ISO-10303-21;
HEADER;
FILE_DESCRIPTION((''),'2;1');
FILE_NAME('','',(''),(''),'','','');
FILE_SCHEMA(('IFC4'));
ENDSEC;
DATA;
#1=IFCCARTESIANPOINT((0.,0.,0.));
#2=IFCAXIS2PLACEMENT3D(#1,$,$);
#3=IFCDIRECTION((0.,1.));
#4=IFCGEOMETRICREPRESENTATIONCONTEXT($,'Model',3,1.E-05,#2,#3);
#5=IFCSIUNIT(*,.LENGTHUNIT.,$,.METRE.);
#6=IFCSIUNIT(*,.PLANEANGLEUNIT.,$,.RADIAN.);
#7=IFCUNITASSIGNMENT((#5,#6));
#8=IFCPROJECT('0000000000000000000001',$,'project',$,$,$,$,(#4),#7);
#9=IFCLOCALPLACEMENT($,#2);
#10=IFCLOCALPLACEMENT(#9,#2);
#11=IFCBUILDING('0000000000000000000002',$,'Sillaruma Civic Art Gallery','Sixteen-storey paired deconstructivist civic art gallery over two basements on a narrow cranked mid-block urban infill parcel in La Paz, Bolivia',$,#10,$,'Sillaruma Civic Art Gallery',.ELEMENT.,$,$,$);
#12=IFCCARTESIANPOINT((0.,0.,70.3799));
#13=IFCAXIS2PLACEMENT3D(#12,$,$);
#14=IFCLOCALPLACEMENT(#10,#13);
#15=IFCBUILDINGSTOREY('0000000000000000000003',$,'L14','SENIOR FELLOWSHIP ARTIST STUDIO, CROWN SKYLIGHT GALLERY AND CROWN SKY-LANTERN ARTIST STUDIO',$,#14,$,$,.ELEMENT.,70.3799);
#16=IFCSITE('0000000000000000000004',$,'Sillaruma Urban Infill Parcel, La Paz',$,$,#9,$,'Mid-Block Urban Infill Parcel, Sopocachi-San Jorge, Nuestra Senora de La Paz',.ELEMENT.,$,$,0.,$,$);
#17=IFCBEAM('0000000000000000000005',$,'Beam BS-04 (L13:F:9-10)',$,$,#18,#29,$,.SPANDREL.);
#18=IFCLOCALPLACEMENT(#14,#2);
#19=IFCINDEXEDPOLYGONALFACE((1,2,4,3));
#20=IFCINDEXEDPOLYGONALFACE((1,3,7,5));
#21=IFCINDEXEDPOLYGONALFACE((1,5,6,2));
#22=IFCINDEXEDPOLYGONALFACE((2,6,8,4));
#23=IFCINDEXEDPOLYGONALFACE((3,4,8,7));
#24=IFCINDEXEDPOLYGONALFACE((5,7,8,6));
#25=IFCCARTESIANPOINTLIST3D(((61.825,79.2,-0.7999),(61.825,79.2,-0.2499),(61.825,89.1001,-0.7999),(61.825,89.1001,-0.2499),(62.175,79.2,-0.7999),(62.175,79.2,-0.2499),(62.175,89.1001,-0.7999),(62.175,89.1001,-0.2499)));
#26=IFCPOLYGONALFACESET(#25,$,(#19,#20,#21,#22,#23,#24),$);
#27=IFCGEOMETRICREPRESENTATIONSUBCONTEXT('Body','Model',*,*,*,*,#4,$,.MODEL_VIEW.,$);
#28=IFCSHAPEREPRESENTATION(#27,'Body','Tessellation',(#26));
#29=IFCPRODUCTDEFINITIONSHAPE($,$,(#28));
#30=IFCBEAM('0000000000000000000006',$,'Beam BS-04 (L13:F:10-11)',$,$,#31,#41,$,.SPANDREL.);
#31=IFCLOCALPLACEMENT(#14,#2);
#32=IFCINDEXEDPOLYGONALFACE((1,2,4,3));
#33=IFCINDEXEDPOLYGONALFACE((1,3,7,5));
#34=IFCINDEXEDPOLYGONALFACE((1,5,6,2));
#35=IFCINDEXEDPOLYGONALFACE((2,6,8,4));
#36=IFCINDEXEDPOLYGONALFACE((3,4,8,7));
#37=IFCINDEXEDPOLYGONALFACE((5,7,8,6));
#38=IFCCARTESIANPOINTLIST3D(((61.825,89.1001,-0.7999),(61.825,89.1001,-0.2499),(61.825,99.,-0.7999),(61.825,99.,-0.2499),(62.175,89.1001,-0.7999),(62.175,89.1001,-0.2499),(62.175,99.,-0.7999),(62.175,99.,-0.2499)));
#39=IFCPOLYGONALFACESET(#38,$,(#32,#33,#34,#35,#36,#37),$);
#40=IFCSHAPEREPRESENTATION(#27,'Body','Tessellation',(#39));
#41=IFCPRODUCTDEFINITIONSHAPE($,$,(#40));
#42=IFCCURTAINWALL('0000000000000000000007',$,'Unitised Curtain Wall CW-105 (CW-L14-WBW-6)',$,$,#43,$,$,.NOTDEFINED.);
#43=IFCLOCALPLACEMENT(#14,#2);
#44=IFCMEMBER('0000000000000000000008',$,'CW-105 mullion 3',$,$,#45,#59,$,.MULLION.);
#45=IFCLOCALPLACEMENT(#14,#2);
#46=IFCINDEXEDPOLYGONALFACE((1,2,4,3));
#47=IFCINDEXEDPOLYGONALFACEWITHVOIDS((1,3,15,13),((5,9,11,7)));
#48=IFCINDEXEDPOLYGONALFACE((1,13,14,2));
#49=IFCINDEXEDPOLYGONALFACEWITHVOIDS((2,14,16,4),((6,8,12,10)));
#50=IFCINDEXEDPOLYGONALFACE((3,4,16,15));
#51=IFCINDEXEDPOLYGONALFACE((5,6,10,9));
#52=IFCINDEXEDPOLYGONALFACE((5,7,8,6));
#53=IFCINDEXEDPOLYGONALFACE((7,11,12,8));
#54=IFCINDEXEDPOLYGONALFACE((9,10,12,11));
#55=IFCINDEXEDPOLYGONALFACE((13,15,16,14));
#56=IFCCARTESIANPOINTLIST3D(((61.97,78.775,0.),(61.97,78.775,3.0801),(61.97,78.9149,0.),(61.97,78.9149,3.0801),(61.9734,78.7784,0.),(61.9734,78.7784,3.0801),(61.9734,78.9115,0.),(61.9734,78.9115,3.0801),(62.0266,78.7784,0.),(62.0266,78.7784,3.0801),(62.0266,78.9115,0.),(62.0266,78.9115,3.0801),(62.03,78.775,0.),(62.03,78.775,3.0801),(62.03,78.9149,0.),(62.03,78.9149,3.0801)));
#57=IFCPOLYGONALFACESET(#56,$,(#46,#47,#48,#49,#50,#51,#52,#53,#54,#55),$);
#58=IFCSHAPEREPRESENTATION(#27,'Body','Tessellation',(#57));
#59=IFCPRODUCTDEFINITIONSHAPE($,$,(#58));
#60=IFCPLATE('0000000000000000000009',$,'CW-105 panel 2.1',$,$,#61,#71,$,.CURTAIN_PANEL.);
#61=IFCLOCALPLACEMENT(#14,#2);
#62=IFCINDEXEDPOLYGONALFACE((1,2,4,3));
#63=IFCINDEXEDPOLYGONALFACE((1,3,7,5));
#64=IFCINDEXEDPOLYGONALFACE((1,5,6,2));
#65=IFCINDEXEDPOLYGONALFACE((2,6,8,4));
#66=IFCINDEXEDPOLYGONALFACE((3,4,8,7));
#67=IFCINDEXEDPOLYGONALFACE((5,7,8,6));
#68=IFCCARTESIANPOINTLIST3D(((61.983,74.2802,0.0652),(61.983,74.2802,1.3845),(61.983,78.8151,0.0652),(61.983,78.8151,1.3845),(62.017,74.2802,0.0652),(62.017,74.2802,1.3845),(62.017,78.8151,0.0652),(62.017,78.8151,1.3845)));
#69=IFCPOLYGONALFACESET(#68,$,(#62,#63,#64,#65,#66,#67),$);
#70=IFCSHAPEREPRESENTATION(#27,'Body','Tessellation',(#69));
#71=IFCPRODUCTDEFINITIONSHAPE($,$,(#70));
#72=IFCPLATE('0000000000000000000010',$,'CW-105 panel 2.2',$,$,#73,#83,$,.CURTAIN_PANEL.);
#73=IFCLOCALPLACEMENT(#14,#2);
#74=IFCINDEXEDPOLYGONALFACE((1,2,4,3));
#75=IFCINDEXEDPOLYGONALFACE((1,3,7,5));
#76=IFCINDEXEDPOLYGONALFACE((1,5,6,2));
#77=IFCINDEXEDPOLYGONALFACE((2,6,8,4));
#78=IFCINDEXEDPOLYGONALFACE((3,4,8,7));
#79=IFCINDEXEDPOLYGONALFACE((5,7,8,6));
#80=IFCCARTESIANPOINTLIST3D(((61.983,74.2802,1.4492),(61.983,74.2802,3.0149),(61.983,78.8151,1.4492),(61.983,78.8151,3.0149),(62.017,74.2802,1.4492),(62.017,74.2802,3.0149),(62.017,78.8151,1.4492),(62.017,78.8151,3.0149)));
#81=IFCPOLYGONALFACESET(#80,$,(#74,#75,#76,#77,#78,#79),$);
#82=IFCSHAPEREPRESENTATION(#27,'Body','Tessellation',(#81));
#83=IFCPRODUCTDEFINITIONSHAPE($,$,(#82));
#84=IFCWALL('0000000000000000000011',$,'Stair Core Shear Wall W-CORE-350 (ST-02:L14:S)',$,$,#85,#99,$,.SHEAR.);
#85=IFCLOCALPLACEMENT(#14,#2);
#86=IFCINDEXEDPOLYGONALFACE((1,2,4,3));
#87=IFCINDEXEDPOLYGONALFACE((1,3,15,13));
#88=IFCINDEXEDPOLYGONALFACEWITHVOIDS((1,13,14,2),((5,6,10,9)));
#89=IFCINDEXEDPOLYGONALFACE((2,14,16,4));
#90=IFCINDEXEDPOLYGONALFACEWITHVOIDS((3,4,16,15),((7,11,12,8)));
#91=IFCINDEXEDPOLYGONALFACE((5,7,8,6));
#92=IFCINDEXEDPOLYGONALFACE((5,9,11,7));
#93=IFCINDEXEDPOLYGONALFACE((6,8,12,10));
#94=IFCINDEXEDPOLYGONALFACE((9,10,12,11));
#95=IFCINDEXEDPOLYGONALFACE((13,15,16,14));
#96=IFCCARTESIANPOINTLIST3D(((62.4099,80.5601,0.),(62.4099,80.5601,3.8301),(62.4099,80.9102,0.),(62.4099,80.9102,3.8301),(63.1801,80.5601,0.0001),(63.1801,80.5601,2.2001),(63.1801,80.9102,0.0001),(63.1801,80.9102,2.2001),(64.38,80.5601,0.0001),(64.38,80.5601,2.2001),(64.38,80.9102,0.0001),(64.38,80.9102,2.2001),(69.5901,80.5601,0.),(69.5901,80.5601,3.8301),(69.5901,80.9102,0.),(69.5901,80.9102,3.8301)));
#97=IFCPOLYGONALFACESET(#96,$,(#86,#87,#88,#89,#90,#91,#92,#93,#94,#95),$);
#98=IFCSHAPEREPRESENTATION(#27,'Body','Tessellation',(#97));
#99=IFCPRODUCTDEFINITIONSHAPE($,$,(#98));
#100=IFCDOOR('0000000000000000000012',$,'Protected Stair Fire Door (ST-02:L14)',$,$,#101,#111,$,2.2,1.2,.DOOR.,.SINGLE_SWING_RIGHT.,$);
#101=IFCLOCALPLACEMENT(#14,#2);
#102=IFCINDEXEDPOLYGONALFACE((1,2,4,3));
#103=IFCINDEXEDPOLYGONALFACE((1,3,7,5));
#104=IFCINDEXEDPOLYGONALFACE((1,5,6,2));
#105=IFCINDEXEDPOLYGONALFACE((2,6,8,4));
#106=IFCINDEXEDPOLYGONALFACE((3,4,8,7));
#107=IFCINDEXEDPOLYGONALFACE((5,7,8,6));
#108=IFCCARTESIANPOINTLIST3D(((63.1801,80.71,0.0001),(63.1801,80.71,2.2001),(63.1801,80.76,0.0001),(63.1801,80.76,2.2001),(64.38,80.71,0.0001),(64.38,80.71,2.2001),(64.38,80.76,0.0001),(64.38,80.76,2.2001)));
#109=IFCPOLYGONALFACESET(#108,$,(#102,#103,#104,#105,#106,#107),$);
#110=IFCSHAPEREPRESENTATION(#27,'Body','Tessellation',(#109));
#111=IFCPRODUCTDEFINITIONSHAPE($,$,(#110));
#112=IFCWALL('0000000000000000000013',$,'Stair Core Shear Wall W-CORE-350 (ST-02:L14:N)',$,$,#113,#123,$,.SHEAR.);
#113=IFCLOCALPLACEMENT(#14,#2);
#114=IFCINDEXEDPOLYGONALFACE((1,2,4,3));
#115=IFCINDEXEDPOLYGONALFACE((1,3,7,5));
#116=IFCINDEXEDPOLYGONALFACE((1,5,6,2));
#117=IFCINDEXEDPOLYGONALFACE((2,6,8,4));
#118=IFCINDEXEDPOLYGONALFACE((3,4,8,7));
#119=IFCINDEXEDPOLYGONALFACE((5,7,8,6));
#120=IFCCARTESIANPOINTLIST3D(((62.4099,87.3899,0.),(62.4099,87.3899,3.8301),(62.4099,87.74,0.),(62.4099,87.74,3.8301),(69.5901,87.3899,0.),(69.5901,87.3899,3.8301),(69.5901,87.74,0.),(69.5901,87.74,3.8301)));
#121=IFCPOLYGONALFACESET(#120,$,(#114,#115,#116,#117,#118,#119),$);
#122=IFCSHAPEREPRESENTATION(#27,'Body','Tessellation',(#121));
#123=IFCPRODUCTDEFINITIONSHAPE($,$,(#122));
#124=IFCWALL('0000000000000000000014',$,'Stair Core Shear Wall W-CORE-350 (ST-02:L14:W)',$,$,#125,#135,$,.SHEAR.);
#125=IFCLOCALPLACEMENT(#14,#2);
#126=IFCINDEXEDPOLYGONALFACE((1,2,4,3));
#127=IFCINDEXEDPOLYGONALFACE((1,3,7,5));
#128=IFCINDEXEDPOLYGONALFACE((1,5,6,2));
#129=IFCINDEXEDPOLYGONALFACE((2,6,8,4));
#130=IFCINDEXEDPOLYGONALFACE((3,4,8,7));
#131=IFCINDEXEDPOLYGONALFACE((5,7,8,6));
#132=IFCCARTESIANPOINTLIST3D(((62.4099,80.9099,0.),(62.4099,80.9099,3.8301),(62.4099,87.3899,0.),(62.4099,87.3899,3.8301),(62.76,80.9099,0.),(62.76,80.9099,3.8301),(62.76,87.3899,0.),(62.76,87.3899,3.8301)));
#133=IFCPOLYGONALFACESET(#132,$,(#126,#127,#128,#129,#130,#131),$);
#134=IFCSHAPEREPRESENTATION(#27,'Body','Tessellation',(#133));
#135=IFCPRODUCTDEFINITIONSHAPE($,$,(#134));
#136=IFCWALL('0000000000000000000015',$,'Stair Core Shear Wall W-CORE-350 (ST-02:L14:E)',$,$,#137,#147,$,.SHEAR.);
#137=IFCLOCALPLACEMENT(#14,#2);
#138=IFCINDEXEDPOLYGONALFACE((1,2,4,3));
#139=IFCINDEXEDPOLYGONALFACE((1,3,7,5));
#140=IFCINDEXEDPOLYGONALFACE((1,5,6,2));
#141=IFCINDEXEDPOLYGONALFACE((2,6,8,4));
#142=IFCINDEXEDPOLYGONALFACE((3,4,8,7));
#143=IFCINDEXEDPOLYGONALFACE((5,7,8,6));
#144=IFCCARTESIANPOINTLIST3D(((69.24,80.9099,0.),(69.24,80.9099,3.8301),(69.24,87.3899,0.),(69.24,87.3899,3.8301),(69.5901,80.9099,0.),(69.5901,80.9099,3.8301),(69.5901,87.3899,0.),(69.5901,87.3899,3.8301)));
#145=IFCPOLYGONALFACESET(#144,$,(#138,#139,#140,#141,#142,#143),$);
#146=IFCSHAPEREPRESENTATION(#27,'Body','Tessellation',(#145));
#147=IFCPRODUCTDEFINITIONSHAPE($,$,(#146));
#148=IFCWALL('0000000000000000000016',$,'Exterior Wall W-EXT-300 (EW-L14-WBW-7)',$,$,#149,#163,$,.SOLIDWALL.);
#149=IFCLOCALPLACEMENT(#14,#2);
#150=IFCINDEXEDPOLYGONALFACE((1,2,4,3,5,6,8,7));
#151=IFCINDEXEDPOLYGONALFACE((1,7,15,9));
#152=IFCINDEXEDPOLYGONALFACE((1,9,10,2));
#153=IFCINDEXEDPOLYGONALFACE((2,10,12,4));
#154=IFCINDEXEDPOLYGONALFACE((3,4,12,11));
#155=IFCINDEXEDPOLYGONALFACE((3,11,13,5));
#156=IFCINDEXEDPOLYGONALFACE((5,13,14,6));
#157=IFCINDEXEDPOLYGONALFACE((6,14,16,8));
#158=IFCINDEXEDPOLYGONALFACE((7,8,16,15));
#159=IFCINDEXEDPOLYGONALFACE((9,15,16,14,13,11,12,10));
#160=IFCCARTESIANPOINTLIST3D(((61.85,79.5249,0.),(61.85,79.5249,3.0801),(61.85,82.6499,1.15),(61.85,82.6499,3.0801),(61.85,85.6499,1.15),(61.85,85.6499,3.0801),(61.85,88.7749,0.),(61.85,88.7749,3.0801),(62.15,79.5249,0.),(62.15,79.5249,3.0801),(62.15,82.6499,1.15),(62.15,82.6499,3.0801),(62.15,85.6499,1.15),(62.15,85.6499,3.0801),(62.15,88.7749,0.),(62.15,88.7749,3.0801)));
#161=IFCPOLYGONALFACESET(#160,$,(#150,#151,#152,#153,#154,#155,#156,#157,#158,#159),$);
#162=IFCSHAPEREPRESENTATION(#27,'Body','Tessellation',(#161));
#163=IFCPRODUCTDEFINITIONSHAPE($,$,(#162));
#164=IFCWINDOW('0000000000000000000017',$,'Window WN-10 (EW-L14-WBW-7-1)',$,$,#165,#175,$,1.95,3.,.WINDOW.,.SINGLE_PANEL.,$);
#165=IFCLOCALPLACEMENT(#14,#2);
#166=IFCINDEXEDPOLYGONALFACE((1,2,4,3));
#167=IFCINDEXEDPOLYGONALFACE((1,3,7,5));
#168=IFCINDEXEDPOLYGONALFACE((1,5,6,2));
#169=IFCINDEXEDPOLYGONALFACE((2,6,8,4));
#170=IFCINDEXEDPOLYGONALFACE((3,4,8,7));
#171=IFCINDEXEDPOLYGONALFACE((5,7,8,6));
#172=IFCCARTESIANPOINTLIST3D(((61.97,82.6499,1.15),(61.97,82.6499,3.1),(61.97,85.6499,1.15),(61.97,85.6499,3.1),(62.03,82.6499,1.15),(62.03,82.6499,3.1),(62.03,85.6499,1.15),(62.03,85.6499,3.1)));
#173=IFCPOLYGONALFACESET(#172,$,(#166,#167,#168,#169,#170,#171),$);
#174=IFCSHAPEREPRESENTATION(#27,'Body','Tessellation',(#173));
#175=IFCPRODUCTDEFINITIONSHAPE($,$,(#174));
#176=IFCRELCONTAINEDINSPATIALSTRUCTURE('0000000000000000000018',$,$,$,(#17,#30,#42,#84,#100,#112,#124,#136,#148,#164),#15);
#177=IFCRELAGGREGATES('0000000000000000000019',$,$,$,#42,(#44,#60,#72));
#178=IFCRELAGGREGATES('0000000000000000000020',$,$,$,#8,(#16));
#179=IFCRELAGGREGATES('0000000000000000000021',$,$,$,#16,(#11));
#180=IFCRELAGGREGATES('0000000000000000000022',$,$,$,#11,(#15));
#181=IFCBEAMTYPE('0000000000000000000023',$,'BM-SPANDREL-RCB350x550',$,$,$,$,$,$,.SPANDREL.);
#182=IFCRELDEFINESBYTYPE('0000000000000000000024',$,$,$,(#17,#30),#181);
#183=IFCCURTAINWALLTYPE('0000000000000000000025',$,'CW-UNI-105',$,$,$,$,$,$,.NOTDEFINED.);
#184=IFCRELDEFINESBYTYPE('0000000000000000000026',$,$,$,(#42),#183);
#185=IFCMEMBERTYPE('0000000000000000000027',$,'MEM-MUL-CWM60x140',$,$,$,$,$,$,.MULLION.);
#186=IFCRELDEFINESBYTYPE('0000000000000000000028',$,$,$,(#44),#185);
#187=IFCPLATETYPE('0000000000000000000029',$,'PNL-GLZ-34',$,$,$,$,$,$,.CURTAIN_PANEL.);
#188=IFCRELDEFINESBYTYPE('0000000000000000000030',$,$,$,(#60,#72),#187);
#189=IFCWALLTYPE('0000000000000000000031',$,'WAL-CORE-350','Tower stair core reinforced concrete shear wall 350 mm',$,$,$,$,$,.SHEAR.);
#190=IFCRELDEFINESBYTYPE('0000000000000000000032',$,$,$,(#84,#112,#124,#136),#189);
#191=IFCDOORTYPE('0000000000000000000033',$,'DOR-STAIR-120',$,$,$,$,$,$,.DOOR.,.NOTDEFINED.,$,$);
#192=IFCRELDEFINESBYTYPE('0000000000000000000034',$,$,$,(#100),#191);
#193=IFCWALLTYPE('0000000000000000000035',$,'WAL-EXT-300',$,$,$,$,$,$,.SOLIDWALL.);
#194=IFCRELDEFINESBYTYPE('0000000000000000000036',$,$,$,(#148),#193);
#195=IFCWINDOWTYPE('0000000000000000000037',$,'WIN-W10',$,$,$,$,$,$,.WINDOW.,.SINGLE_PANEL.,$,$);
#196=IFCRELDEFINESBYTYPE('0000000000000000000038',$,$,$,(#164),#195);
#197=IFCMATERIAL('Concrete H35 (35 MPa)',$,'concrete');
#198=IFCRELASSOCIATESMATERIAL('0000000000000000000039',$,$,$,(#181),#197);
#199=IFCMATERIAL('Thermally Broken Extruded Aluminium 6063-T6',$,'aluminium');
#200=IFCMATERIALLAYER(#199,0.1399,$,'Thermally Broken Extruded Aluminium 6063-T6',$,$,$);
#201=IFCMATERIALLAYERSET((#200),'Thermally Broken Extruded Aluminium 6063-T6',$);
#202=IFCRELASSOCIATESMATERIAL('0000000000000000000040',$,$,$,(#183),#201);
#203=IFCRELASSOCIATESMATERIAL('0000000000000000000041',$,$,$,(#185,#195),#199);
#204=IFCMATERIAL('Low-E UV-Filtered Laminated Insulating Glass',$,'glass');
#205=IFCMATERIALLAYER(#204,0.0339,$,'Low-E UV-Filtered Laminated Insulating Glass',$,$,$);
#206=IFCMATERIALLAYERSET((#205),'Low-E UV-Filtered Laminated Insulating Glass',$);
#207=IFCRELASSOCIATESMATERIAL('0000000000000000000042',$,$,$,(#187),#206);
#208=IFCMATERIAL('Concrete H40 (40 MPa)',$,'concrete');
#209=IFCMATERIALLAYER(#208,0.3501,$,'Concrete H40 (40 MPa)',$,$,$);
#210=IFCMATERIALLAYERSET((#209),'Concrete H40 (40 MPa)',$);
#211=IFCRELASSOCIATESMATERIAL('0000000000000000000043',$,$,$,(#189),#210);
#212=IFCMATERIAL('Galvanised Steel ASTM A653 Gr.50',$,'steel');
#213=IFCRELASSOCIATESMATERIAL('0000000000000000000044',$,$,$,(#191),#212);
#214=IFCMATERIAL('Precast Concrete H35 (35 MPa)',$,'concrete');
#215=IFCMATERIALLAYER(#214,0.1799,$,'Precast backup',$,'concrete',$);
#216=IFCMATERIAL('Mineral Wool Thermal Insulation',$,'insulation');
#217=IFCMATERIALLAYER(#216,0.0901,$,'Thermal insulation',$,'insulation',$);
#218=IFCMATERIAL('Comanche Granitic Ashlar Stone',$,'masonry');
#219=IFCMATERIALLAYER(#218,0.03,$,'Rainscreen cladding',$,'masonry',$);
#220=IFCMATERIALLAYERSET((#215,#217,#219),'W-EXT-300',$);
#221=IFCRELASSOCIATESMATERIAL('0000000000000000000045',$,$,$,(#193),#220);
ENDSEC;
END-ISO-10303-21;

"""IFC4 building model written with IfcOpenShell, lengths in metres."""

from ifc_helpers import new_model, si_unit, direction, frame, frame_2d, origin, origin_2d, place, context, subcontext, project, spatial, rectangle, hollow_rectangle, extrude, material, layer, layer_set, material_profile, profile_set, type_object, element, fill, aggregate, save


model = new_model("IFC4")

# Units and contexts
model_context = context("Model", 3, precision=1e-05, world=origin(), true_north=direction((0.0, 1.0)))
body_context = subcontext(model_context, "Body", "Model", "MODEL_VIEW")
ifc_project = project(units=[si_unit("LENGTHUNIT", "METRE"), si_unit("PLANEANGLEUNIT", "RADIAN")], contexts=[model_context])

# Site, building, storey
site_placement = place(None, origin())
site = spatial("IfcSite", under=ifc_project, at=site_placement, Name="Sillaruma Urban Infill Parcel, La Paz", LongName="Mid-Block Urban Infill Parcel, Sopocachi-San Jorge, Nuestra Senora de La Paz", CompositionType="ELEMENT", RefElevation=0.0)
building_placement = place(site_placement, origin())
building = spatial("IfcBuilding", under=site, at=building_placement, Name="Sillaruma Civic Art Gallery", Description="Sixteen-storey paired deconstructivist civic art gallery over two basements on a narrow cranked mid-block urban infill parcel in La Paz, Bolivia", LongName="Sillaruma Civic Art Gallery", CompositionType="ELEMENT")
storey_placement = place(building_placement, frame((0.0, 0.0, 70.3799)))
storey = spatial("IfcBuildingStorey", under=building, at=storey_placement, Name="L14", Description="SENIOR FELLOWSHIP ARTIST STUDIO, CROWN SKYLIGHT GALLERY AND CROWN SKY-LANTERN ARTIST STUDIO", CompositionType="ELEMENT", Elevation=70.3799)

# Shared definitions
ifc_material_1 = material(Name="Concrete H40 (40 MPa)", Category="concrete")

# Beams
ifc_material_2 = material(Name="Concrete H35 (35 MPa)", Category="concrete")
ifc_material_profile_1 = material_profile(ifc_material_2, rectangle(XDim=0.3501, YDim=0.55, at=origin_2d()), Name="RCB350x550")
ifc_profile_set_1 = profile_set([ifc_material_profile_1], Name="Concrete H35 (35 MPa)")
beam_type_1 = type_object("IfcBeamType", Name="BM-SPANDREL-RCB350x550", PredefinedType="SPANDREL", material=ifc_profile_set_1)
beam_1_placement = place(storey_placement, frame((62.0, 79.2, -0.5249), z_axis=(0.0, 1.0, 0.0), x_axis=(-1.0, 0.0, 0.0)))
element("IfcBeam", 1, at=beam_1_placement, inside=storey, type_object=beam_type_1, Name="Beam BS-04 (L13:F:9-10)", PredefinedType="SPANDREL", context=body_context, shape_type="SweptSolid", body=[
    extrude(rectangle(XDim=0.3501, YDim=0.55, at=origin_2d()), origin(), (0.0, 0.0, 1.0), 9.9001),
])
beam_2_placement = place(storey_placement, frame((62.0, 89.1001, -0.5249), z_axis=(0.0, 1.0, 0.0), x_axis=(-1.0, 0.0, 0.0)))
element("IfcBeam", 2, at=beam_2_placement, inside=storey, type_object=beam_type_1, Name="Beam BS-04 (L13:F:10-11)", PredefinedType="SPANDREL", context=body_context, shape_type="SweptSolid", body=[
    extrude(rectangle(XDim=0.3501, YDim=0.55, at=origin_2d()), origin(), (0.0, 0.0, 1.0), 9.8999),
])

# Curtain wall, member, plates
ifc_material_3 = material(Name="Thermally Broken Extruded Aluminium 6063-T6", Category="aluminium")
ifc_layer_1 = layer(ifc_material_3, 0.1399, Name="Thermally Broken Extruded Aluminium 6063-T6")
ifc_layer_set_1 = layer_set([ifc_layer_1], Name="Thermally Broken Extruded Aluminium 6063-T6")
curtain_wall_type = type_object("IfcCurtainWallType", Name="CW-UNI-105", PredefinedType="NOTDEFINED", material=ifc_layer_set_1)
curtain_wall_placement = place(storey_placement, origin())
curtain_wall = element("IfcCurtainWall", 3, at=curtain_wall_placement, inside=storey, type_object=curtain_wall_type, Name="Unitised Curtain Wall CW-105 (CW-L14-WBW-6)", PredefinedType="NOTDEFINED")
ifc_material_profile_2 = material_profile(ifc_material_3, hollow_rectangle(XDim=0.0601, YDim=0.1399, WallThickness=0.0034, at=origin_2d()), Name="CWM60x140")
ifc_profile_set_2 = profile_set([ifc_material_profile_2], Name="Thermally Broken Extruded Aluminium 6063-T6")
member_type = type_object("IfcMemberType", Name="MEM-MUL-CWM60x140", PredefinedType="MULLION", material=ifc_profile_set_2)
member_placement = place(storey_placement, frame((62.0, 78.845, 0.0), z_axis=(0.0, 0.0, 1.0), x_axis=(-1.0, 0.0, 0.0)))
member = element("IfcMember", 4, at=member_placement, type_object=member_type, Name="CW-105 mullion 3", PredefinedType="MULLION", context=body_context, shape_type="SweptSolid", body=[
    extrude(hollow_rectangle(XDim=0.0601, YDim=0.1399, WallThickness=0.0034, at=origin_2d()), origin(), (0.0, 0.0, 1.0), 3.0801),
])
ifc_material_4 = material(Name="Low-E UV-Filtered Laminated Insulating Glass", Category="glass")
ifc_layer_2 = layer(ifc_material_4, 0.0339, Name="Low-E UV-Filtered Laminated Insulating Glass")
ifc_layer_set_2 = layer_set([ifc_layer_2], Name="Low-E UV-Filtered Laminated Insulating Glass")
plate_type = type_object("IfcPlateType", Name="PNL-GLZ-34", PredefinedType="CURTAIN_PANEL", material=ifc_layer_set_2)
plate_1_placement = place(storey_placement, frame((62.0, 76.5476, 0.0652), z_axis=(0.0, 0.0, 1.0), x_axis=(0.0, 1.0, 0.0)))
plate_1 = element("IfcPlate", 5, at=plate_1_placement, type_object=plate_type, Name="CW-105 panel 2.1", PredefinedType="CURTAIN_PANEL", context=body_context, shape_type="SweptSolid", body=[
    extrude(rectangle(XDim=4.5349, YDim=0.0339, at=origin_2d()), origin(), (0.0, 0.0, 1.0), 1.3193),
])
plate_2_placement = place(storey_placement, frame((62.0, 76.5476, 1.4492), z_axis=(0.0, 0.0, 1.0), x_axis=(0.0, 1.0, 0.0)))
plate_2 = element("IfcPlate", 6, at=plate_2_placement, type_object=plate_type, Name="CW-105 panel 2.2", PredefinedType="CURTAIN_PANEL", context=body_context, shape_type="SweptSolid", body=[
    extrude(rectangle(XDim=4.5349, YDim=0.0339, at=origin_2d()), origin(), (0.0, 0.0, 1.0), 1.5657),
])
aggregate(curtain_wall, [member, plate_1, plate_2])

# Wall, opening, door
ifc_layer_3 = layer(ifc_material_1, 0.3501, Name="Concrete H40 (40 MPa)")
ifc_layer_set_3 = layer_set([ifc_layer_3], Name="Concrete H40 (40 MPa)")
wall_type_1 = type_object("IfcWallType", Name="WAL-CORE-350", Description="Tower stair core reinforced concrete shear wall 350 mm", PredefinedType="SHEAR", material=ifc_layer_set_3)
wall_1_placement = place(storey_placement, frame((62.4099, 80.7351, 0.0), z_axis=(0.0, 0.0, 1.0), x_axis=(1.0, 0.0, 0.0)))
wall_1 = element("IfcWall", 7, at=wall_1_placement, inside=storey, type_object=wall_type_1, Name="Stair Core Shear Wall W-CORE-350 (ST-02:L14:S)", PredefinedType="SHEAR", context=body_context, shape_type="SweptSolid", body=[
    extrude(rectangle(XDim=7.1802, YDim=0.3501, at=frame_2d((3.5901, 0.0))), origin(), (0.0, 0.0, 1.0), 3.8301),
])
opening_1_placement = place(wall_1_placement, frame((0.77, 0.0, 0.0)))
opening_1 = element("IfcOpeningElement", 8, at=opening_1_placement, cuts=wall_1, PredefinedType="OPENING", context=body_context, shape_type="SweptSolid", body=[
    extrude(rectangle(XDim=1.2, YDim=2.2, at=frame_2d((0.6001, 1.1001))), frame((0.0, 0.1851, 0.0), z_axis=(0.0, -1.0, 0.0), x_axis=(1.0, 0.0, 0.0)), (0.0, 0.0, 1.0), 0.3701),
])
ifc_material_5 = material(Name="Galvanised Steel ASTM A653 Gr.50", Category="steel")
door_type = type_object("IfcDoorType", Name="DOR-STAIR-120", OperationType="NOTDEFINED", PredefinedType="DOOR", material=ifc_material_5)
door_placement = place(opening_1_placement, origin())
door = element("IfcDoor", 9, at=door_placement, inside=storey, type_object=door_type, Name="Protected Stair Fire Door (ST-02:L14)", OperationType="SINGLE_SWING_RIGHT", OverallHeight=2.2, OverallWidth=1.2, PredefinedType="DOOR", context=body_context, shape_type="SweptSolid", body=[
    extrude(rectangle(XDim=1.2, YDim=2.2, at=frame_2d((0.6001, 1.1001))), frame((0.0, 0.0249, 0.0), z_axis=(0.0, -1.0, 0.0), x_axis=(1.0, 0.0, 0.0)), (0.0, 0.0, 1.0), 0.05),
])
fill(opening_1, door)

# Walls
wall_2_placement = place(storey_placement, frame((62.4099, 87.5649, 0.0), z_axis=(0.0, 0.0, 1.0), x_axis=(1.0, 0.0, 0.0)))
element("IfcWall", 10, at=wall_2_placement, inside=storey, type_object=wall_type_1, Name="Stair Core Shear Wall W-CORE-350 (ST-02:L14:N)", PredefinedType="SHEAR", context=body_context, shape_type="SweptSolid", body=[
    extrude(rectangle(XDim=7.1802, YDim=0.3501, at=frame_2d((3.5901, 0.0))), origin(), (0.0, 0.0, 1.0), 3.8301),
])
for number, where, z_axis, x_axis, name in (
    (11, (62.585, 80.9099, 0.0), (0.0, 0.0, 1.0), (0.0, 1.0, 0.0), "Stair Core Shear Wall W-CORE-350 (ST-02:L14:W)"),
    (12, (69.415, 80.9099, 0.0), (0.0, 0.0, 1.0), (0.0, 1.0, 0.0), "Stair Core Shear Wall W-CORE-350 (ST-02:L14:E)"),
):
    element("IfcWall", number, at=place(storey_placement, frame(where, z_axis=z_axis, x_axis=x_axis)), inside=storey, type_object=wall_type_1, Name=name, PredefinedType="SHEAR", context=body_context, shape_type="SweptSolid", body=[
        extrude(rectangle(XDim=6.48, YDim=0.3501, at=frame_2d((3.24, 0.0))), origin(), (0.0, 0.0, 1.0), 3.8301),
    ])

# Wall, opening, window
ifc_material_6 = material(Name="Precast Concrete H35 (35 MPa)", Category="concrete")
ifc_layer_4 = layer(ifc_material_6, 0.1799, Name="Precast backup", Category="concrete")
ifc_material_7 = material(Name="Mineral Wool Thermal Insulation", Category="insulation")
ifc_layer_5 = layer(ifc_material_7, 0.0901, Name="Thermal insulation", Category="insulation")
ifc_material_8 = material(Name="Comanche Granitic Ashlar Stone", Category="masonry")
ifc_layer_6 = layer(ifc_material_8, 0.03, Name="Rainscreen cladding", Category="masonry")
ifc_layer_set_4 = layer_set([ifc_layer_4, ifc_layer_5, ifc_layer_6], Name="W-EXT-300")
wall_type_2 = type_object("IfcWallType", Name="WAL-EXT-300", PredefinedType="SOLIDWALL", material=ifc_layer_set_4)
wall_3_placement = place(storey_placement, frame((62.0, 79.5249, 0.0), z_axis=(0.0, 0.0, 1.0), x_axis=(0.0, 1.0, 0.0)))
wall_3 = element("IfcWall", 13, at=wall_3_placement, inside=storey, type_object=wall_type_2, Name="Exterior Wall W-EXT-300 (EW-L14-WBW-7)", PredefinedType="SOLIDWALL", context=body_context, shape_type="SweptSolid", body=[
    extrude(rectangle(XDim=9.25, YDim=0.3, at=frame_2d((4.625, 0.0))), origin(), (0.0, 0.0, 1.0), 3.0801),
])
opening_2_placement = place(wall_3_placement, frame((3.125, 0.0, 1.1499)))
opening_2 = element("IfcOpeningElement", 14, at=opening_2_placement, cuts=wall_3, PredefinedType="OPENING", context=body_context, shape_type="SweptSolid", body=[
    extrude(rectangle(XDim=3.0, YDim=1.95, at=frame_2d((1.5, 0.9751))), frame((0.0, 0.1599, 0.0), z_axis=(0.0, -1.0, 0.0), x_axis=(1.0, 0.0, 0.0)), (0.0, 0.0, 1.0), 0.3201),
])
window_type = type_object("IfcWindowType", Name="WIN-W10", PartitioningType="SINGLE_PANEL", PredefinedType="WINDOW", material=ifc_material_3)
window_placement = place(opening_2_placement, origin())
window = element("IfcWindow", 15, at=window_placement, inside=storey, type_object=window_type, Name="Window WN-10 (EW-L14-WBW-7-1)", OverallHeight=1.95, OverallWidth=3.0, PartitioningType="SINGLE_PANEL", PredefinedType="WINDOW", context=body_context, shape_type="SweptSolid", body=[
    extrude(rectangle(XDim=3.0, YDim=1.95, at=frame_2d((1.5, 0.9751))), frame((0.0, 0.03, 0.0), z_axis=(0.0, -1.0, 0.0), x_axis=(1.0, 0.0, 0.0)), (0.0, 0.0, 1.0), 0.0601),
])
fill(opening_2, window)

save(model, "model.ifc")
